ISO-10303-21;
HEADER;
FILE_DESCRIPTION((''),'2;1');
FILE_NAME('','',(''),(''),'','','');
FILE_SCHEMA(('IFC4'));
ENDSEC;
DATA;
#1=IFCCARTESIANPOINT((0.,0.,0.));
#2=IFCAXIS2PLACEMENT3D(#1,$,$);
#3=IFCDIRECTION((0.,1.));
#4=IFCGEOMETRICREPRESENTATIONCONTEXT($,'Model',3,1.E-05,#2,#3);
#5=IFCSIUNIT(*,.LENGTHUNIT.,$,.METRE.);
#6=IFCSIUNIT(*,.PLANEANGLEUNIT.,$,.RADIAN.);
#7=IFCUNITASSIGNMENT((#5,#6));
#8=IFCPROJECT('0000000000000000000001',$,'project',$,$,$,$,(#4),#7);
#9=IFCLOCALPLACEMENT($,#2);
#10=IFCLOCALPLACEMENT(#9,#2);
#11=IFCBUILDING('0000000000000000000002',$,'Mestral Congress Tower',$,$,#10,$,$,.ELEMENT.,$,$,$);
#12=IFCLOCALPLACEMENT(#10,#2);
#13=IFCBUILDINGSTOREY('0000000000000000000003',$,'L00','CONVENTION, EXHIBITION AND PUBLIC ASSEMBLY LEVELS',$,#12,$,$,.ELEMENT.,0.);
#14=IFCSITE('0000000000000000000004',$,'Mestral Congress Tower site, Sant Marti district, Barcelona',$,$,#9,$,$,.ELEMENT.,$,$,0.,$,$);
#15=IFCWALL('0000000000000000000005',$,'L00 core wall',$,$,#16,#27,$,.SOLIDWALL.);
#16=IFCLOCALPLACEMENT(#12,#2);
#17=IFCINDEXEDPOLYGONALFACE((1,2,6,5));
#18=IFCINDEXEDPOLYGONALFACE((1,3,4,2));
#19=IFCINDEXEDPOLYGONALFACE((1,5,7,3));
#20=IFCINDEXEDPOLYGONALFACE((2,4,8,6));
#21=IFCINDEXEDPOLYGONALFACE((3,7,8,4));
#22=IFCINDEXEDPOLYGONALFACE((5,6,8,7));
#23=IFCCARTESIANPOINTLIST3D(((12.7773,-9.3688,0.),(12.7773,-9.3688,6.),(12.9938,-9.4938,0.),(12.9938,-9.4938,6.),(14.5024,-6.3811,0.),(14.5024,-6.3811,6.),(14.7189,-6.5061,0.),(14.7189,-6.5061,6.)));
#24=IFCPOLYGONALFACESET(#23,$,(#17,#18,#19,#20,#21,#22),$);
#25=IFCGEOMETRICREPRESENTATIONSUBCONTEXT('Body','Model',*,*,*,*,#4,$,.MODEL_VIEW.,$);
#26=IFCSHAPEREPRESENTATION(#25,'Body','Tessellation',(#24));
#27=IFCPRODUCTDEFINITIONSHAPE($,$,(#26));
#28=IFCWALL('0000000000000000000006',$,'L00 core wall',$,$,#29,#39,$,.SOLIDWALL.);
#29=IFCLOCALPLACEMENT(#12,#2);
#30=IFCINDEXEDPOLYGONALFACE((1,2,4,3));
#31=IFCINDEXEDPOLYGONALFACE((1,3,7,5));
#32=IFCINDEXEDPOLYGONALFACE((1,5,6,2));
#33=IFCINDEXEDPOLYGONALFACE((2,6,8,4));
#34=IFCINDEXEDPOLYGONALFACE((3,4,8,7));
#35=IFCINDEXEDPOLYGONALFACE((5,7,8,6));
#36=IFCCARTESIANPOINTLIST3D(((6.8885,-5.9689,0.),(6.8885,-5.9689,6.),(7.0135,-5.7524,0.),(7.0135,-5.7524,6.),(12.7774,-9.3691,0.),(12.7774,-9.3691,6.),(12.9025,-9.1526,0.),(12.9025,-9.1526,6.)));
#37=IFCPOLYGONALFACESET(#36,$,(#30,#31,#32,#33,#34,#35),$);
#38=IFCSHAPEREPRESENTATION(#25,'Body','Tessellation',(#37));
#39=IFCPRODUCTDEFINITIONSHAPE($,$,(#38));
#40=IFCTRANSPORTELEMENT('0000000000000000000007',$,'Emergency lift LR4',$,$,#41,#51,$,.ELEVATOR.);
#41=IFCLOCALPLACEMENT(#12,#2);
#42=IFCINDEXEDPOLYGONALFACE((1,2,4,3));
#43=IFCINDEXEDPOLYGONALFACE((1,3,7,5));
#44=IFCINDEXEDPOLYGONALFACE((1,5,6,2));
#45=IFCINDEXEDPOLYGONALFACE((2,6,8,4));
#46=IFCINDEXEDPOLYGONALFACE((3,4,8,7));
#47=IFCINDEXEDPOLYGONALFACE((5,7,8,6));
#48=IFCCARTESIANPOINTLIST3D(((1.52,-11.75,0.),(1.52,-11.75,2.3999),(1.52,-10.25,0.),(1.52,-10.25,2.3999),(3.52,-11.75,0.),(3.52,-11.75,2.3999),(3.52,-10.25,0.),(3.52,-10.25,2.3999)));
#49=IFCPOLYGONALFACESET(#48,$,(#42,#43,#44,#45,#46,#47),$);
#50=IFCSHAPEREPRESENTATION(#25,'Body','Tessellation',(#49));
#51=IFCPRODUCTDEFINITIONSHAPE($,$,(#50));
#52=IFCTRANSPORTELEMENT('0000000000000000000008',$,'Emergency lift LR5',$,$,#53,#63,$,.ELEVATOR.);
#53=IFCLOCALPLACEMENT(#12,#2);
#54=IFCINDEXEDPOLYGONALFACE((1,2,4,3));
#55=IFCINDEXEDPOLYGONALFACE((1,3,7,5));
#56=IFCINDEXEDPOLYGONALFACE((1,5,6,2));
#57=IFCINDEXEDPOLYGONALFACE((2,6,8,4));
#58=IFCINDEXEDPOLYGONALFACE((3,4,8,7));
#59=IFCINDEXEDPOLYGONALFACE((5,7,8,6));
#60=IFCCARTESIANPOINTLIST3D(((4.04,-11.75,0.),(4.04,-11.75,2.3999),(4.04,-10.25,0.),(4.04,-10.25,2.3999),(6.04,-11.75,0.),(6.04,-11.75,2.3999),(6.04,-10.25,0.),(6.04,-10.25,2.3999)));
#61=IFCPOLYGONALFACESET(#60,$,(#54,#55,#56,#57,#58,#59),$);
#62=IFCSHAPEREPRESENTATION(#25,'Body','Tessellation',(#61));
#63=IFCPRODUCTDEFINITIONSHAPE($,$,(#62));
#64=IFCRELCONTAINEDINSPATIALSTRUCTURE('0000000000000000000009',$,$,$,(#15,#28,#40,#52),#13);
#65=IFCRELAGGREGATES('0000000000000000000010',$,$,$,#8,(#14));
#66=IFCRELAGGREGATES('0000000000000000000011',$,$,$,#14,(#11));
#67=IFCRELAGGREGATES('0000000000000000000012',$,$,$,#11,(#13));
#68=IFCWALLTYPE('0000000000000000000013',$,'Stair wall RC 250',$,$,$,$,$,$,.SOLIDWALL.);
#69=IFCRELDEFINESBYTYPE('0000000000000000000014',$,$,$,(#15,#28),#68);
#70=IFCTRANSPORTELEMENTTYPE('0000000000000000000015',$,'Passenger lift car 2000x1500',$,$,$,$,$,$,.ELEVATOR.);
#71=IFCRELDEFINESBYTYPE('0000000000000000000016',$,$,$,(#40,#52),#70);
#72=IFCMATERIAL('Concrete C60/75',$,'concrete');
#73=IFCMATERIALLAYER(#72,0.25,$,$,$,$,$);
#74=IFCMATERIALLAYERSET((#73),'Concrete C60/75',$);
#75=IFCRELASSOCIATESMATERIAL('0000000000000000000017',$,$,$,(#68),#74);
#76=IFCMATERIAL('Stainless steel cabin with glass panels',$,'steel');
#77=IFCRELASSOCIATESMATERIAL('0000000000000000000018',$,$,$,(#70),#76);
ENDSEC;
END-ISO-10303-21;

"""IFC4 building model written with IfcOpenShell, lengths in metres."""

from ifc_helpers import new_model, si_unit, direction, frame, frame_2d, origin, origin_2d, place, context, subcontext, project, spatial, rectangle, extrude, material, layer, layer_set, type_object, element, save


model = new_model("IFC4")

# Units and contexts
model_context = context("Model", 3, precision=1e-05, world=origin(), true_north=direction((0.0, 1.0)))
body_context = subcontext(model_context, "Body", "Model", "MODEL_VIEW")
ifc_project = project(units=[si_unit("LENGTHUNIT", "METRE"), si_unit("PLANEANGLEUNIT", "RADIAN")], contexts=[model_context])

# Site, building, storey
site_placement = place(None, origin())
site = spatial("IfcSite", under=ifc_project, at=site_placement, Name="Mestral Congress Tower site, Sant Marti district, Barcelona", CompositionType="ELEMENT", RefElevation=0.0)
building_placement = place(site_placement, origin())
building = spatial("IfcBuilding", under=site, at=building_placement, Name="Mestral Congress Tower", CompositionType="ELEMENT")
storey_placement = place(building_placement, origin())
storey = spatial("IfcBuildingStorey", under=building, at=storey_placement, Name="L00", Description="CONVENTION, EXHIBITION AND PUBLIC ASSEMBLY LEVELS", CompositionType="ELEMENT", Elevation=0.0)

# Shared definitions
ifc_material_1 = material(Name="Concrete C60/75", Category="concrete")

# Walls
ifc_layer_1 = layer(ifc_material_1, 0.25)
ifc_layer_set_1 = layer_set([ifc_layer_1], Name="Concrete C60/75")
wall_type_1 = type_object("IfcWallType", Name="Stair wall RC 250", PredefinedType="SOLIDWALL", material=ifc_layer_set_1)
wall_1_placement = place(storey_placement, frame((12.8855, -9.4314, 0.0), z_axis=(0.0, 0.0, 1.0), x_axis=(0.500021, 0.866014, 0.0)))
element("IfcWall", 1, at=wall_1_placement, inside=storey, type_object=wall_type_1, Name="L00 core wall", PredefinedType="SOLIDWALL", context=body_context, shape_type="SweptSolid", body=[
    extrude(rectangle(XDim=3.45, YDim=0.25, at=frame_2d((1.7251, 0.0))), origin(), (0.0, 0.0, 1.0), 6.0),
])
wall_2_placement = place(storey_placement, frame((12.8398, -9.2607, 0.0), z_axis=(0.0, 0.0, 1.0), x_axis=(-0.866014, 0.50002, 0.0)))
element("IfcWall", 2, at=wall_2_placement, inside=storey, type_object=wall_type_1, Name="L00 core wall", PredefinedType="SOLIDWALL", context=body_context, shape_type="SweptSolid", body=[
    extrude(rectangle(XDim=6.8, YDim=0.25, at=frame_2d((3.3999, 0.0))), origin(), (0.0, 0.0, 1.0), 6.0),
])

# Transport elements
ifc_material_2 = material(Name="Stainless steel cabin with glass panels", Category="steel")
transport_element_type = type_object("IfcTransportElementType", Name="Passenger lift car 2000x1500", PredefinedType="ELEVATOR", material=ifc_material_2)
for number, where, z_axis, x_axis, name in (
    (3, (2.52, -11.0, 0.0), (0.0, 0.0, 1.0), (0.0, -1.0, 0.0), "Emergency lift LR4"),
    (4, (5.04, -11.0, 0.0), (0.0, 0.0, 1.0), (0.0, -1.0, 0.0), "Emergency lift LR5"),
):
    element("IfcTransportElement", number, at=place(storey_placement, frame(where, z_axis=z_axis, x_axis=x_axis)), inside=storey, type_object=transport_element_type, Name=name, PredefinedType="ELEVATOR", context=body_context, shape_type="SweptSolid", body=[
        extrude(rectangle(XDim=1.5, YDim=2.0, at=origin_2d()), origin(), (0.0, 0.0, 1.0), 2.3999),
    ])

save(model, "model.ifc")
